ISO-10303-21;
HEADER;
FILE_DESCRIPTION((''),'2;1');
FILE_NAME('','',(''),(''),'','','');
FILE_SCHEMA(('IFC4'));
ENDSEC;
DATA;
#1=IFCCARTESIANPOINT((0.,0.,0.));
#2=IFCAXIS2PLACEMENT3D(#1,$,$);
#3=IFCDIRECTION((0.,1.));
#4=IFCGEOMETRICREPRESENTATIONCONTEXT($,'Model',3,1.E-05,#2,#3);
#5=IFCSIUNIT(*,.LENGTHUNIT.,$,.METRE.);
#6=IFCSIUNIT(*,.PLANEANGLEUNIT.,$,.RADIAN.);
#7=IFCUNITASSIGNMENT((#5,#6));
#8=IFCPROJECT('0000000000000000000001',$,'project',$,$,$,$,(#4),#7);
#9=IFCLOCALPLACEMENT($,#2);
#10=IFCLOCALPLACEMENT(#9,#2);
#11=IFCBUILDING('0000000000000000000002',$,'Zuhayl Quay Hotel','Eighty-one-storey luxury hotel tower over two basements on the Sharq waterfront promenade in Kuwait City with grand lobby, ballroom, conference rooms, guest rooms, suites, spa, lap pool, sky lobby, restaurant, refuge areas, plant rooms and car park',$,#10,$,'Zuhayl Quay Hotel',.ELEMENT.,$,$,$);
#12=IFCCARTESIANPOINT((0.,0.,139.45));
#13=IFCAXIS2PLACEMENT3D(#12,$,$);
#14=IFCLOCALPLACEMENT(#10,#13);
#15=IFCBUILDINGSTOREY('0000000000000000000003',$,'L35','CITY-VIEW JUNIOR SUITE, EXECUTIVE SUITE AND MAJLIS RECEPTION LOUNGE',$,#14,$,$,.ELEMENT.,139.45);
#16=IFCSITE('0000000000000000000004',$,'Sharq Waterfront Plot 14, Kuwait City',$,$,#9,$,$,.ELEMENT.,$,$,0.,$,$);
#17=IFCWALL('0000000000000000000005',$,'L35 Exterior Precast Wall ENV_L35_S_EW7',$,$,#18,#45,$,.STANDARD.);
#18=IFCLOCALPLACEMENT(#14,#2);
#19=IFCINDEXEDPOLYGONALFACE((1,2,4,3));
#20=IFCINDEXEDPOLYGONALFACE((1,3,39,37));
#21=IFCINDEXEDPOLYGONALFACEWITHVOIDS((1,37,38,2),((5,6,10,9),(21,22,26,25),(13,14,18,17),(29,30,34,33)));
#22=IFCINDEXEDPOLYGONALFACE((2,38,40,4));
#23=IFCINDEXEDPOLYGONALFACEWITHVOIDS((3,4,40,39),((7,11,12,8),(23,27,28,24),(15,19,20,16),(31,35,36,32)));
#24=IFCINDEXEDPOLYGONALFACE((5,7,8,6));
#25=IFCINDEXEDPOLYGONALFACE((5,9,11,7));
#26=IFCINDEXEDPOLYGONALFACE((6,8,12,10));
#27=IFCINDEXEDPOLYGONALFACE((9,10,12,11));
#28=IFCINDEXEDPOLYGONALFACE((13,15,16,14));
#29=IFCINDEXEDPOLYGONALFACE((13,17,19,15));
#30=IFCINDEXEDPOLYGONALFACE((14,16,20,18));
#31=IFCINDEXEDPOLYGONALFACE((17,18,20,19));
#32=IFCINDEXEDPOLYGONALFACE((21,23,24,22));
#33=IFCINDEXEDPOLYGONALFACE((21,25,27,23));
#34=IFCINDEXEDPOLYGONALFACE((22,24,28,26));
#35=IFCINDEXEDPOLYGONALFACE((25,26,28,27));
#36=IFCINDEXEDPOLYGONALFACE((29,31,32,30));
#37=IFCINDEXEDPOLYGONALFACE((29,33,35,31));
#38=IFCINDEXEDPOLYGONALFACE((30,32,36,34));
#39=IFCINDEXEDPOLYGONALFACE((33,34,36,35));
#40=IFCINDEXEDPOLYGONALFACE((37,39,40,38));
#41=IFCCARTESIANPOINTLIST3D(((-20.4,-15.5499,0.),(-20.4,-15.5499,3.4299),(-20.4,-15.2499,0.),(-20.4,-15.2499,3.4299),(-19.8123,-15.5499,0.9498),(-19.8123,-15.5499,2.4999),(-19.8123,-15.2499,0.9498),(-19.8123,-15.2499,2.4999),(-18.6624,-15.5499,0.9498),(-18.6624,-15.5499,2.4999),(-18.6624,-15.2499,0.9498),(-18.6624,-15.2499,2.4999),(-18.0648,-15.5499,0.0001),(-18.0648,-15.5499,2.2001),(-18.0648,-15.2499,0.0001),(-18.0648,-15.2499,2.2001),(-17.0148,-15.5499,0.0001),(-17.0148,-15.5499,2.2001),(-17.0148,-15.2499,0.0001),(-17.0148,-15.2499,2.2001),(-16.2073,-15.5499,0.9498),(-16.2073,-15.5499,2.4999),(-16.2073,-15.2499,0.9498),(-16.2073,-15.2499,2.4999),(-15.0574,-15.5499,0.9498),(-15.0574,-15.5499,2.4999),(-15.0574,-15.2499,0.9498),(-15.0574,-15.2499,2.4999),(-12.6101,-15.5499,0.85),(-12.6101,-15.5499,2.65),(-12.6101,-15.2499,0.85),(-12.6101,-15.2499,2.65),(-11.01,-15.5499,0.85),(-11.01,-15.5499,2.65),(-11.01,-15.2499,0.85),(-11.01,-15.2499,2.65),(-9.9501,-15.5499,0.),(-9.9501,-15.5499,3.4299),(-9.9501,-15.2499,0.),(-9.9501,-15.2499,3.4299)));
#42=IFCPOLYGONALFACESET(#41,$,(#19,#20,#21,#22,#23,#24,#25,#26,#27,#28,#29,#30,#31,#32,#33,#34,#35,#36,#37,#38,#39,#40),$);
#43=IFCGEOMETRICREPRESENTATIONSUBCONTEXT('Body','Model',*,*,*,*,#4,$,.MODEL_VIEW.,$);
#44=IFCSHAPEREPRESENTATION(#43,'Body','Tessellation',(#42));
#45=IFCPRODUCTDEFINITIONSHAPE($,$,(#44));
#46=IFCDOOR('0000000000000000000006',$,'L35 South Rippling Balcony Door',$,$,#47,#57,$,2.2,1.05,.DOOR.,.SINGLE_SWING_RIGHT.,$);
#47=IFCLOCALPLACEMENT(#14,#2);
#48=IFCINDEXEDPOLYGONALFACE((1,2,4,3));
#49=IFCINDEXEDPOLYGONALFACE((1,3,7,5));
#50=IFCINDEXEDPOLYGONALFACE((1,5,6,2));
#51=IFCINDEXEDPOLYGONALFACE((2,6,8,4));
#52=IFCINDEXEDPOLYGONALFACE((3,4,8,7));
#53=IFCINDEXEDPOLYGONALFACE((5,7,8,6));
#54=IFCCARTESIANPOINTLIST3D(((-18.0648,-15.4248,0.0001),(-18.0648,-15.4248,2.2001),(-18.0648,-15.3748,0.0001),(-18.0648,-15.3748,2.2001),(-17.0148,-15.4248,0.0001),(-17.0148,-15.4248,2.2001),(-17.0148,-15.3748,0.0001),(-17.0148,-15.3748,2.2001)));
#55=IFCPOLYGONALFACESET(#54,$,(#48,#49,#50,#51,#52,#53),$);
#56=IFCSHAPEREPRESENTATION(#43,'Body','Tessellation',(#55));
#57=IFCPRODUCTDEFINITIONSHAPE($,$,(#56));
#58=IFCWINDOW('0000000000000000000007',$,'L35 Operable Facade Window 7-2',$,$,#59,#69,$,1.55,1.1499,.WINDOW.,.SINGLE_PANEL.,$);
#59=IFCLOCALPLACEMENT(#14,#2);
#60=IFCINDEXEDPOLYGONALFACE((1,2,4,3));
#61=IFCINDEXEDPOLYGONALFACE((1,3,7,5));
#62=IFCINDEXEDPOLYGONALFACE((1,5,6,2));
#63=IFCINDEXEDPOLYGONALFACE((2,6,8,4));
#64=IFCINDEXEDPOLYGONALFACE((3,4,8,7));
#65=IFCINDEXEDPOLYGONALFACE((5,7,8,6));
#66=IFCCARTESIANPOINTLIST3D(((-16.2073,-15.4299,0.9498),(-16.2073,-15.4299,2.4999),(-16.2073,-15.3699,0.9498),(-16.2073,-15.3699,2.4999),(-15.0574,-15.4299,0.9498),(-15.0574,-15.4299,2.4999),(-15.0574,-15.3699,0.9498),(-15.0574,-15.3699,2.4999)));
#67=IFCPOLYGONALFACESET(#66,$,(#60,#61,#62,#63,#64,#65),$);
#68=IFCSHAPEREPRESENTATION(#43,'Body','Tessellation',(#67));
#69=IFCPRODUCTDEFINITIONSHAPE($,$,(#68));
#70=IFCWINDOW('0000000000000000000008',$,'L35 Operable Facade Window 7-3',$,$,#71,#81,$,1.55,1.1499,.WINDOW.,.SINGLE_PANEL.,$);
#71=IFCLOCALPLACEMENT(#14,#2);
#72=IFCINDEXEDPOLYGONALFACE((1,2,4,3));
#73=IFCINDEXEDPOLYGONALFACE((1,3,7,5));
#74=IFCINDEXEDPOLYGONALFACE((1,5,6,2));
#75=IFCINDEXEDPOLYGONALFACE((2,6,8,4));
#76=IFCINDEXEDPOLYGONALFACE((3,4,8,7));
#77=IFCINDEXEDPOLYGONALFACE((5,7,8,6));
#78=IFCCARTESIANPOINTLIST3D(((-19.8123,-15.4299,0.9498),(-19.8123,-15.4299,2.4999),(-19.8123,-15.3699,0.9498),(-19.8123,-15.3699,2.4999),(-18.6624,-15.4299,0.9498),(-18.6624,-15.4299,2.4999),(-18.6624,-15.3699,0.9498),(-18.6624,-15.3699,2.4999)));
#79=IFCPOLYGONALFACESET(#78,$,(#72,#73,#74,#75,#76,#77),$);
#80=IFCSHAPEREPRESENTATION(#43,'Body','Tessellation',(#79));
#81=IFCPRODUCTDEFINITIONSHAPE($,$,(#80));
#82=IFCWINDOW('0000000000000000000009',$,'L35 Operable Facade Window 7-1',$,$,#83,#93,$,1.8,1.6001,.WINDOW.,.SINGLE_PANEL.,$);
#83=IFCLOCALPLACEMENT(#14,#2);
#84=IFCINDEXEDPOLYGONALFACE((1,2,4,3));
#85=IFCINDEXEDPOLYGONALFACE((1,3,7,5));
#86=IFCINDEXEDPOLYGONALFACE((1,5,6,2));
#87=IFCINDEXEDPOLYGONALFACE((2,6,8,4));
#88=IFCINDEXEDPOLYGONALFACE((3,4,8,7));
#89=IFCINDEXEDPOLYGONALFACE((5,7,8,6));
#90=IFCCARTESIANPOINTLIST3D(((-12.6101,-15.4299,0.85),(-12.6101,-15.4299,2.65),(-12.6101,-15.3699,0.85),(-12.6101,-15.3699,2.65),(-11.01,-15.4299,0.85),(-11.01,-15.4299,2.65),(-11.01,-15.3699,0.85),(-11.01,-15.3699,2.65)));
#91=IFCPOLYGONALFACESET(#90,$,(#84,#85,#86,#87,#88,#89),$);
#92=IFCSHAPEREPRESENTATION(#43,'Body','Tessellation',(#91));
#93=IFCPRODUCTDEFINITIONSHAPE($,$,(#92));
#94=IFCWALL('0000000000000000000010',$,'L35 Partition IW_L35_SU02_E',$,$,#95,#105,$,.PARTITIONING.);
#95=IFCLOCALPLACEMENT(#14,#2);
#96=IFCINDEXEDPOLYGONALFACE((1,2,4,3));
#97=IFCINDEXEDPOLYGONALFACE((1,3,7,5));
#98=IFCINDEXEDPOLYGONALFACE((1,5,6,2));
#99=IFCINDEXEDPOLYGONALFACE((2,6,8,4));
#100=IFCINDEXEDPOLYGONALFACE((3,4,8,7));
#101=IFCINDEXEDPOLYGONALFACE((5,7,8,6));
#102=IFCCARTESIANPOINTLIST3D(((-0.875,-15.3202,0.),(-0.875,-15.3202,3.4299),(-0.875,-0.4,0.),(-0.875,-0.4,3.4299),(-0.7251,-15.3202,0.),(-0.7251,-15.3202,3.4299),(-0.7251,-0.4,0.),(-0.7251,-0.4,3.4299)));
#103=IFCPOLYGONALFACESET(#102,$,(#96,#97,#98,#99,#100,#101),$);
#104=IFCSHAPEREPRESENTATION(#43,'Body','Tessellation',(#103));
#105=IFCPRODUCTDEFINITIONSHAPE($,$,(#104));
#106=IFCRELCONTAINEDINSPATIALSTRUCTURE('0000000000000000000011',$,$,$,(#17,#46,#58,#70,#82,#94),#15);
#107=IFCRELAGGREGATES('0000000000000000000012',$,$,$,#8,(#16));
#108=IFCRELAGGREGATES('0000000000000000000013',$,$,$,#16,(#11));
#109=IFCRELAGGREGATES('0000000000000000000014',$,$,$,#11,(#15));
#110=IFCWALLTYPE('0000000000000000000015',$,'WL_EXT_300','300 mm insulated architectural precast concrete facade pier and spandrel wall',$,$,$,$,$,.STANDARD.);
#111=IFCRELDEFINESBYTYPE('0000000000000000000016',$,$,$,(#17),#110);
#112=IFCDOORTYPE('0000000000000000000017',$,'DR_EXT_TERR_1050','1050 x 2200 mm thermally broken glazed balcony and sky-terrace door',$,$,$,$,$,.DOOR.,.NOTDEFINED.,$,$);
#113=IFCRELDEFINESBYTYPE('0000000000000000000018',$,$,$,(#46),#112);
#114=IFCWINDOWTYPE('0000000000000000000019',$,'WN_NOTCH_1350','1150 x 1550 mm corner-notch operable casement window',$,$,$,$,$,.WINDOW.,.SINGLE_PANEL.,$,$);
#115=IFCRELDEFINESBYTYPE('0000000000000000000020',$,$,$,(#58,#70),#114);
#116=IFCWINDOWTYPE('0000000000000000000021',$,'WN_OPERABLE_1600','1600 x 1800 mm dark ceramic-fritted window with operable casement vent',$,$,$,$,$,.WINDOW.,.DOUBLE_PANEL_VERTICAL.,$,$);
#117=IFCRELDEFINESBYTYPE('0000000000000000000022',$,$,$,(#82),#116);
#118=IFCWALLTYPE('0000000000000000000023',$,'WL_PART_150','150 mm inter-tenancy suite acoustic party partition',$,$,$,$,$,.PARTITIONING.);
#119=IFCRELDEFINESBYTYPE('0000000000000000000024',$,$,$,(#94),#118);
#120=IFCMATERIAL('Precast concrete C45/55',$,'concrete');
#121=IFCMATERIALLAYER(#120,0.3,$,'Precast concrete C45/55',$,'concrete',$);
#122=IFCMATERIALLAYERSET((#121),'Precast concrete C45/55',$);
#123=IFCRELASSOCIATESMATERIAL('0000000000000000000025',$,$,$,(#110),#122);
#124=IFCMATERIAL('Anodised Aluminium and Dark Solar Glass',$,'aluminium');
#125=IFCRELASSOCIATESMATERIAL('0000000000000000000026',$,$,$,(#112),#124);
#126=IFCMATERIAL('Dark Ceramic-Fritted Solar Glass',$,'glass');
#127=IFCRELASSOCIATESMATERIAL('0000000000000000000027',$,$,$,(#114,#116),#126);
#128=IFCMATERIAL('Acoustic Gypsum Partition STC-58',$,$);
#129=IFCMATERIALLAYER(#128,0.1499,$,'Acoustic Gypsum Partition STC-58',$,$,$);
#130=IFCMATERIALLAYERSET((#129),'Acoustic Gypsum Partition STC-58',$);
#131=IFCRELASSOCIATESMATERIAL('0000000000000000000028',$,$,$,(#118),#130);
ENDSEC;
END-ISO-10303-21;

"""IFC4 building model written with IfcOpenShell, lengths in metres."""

from ifc_helpers import new_model, si_unit, direction, frame, frame_2d, origin, place, context, subcontext, project, spatial, rectangle, extrude, material, layer, layer_set, type_object, element, fill, save


model = new_model("IFC4")

# Units and contexts
model_context = context("Model", 3, precision=1e-05, world=origin(), true_north=direction((0.0, 1.0)))
body_context = subcontext(model_context, "Body", "Model", "MODEL_VIEW")
ifc_project = project(units=[si_unit("LENGTHUNIT", "METRE"), si_unit("PLANEANGLEUNIT", "RADIAN")], contexts=[model_context])

# Site, building, storey
site_placement = place(None, origin())
site = spatial("IfcSite", under=ifc_project, at=site_placement, Name="Sharq Waterfront Plot 14, Kuwait City", CompositionType="ELEMENT", RefElevation=0.0)
building_placement = place(site_placement, origin())
building = spatial("IfcBuilding", under=site, at=building_placement, Name="Zuhayl Quay Hotel", Description="Eighty-one-storey luxury hotel tower over two basements on the Sharq waterfront promenade in Kuwait City with grand lobby, ballroom, conference rooms, guest rooms, suites, spa, lap pool, sky lobby, restaurant, refuge areas, plant rooms and car park", LongName="Zuhayl Quay Hotel", CompositionType="ELEMENT")
storey_placement = place(building_placement, frame((0.0, 0.0, 139.45)))
storey = spatial("IfcBuildingStorey", under=building, at=storey_placement, Name="L35", Description="CITY-VIEW JUNIOR SUITE, EXECUTIVE SUITE AND MAJLIS RECEPTION LOUNGE", CompositionType="ELEMENT", Elevation=139.45)

# Shared definitions
ifc_material_1 = material(Name="Dark Ceramic-Fritted Solar Glass", Category="glass")

# Shared definitions
ifc_material_2 = material(Name="Precast concrete C45/55", Category="concrete")
ifc_layer_1 = layer(ifc_material_2, 0.3, Name="Precast concrete C45/55", Category="concrete")
ifc_layer_set_1 = layer_set([ifc_layer_1], Name="Precast concrete C45/55")
wall_type_1 = type_object("IfcWallType", Name="WL_EXT_300", Description="300 mm insulated architectural precast concrete facade pier and spandrel wall", PredefinedType="STANDARD", material=ifc_layer_set_1)

# Wall, openings, door, windows
wall_1_placement = place(storey_placement, frame((-9.95, -15.3999, 0.0), z_axis=(0.0, 0.0, 1.0), x_axis=(-1.0, 0.0, 0.0)))
wall_1 = element("IfcWall", 1, at=wall_1_placement, inside=storey, type_object=wall_type_1, Name="L35 Exterior Precast Wall ENV_L35_S_EW7", PredefinedType="STANDARD", context=body_context, shape_type="SweptSolid", body=[
    extrude(rectangle(XDim=10.45, YDim=0.3, at=frame_2d((5.2251, 0.0))), origin(), (0.0, 0.0, 1.0), 3.4299),
])
opening_1_placement = place(wall_1_placement, frame((7.0649, 0.0, 0.0)))
opening_1 = element("IfcOpeningElement", 2, at=opening_1_placement, cuts=wall_1, PredefinedType="OPENING", context=body_context, shape_type="SweptSolid", body=[
    extrude(rectangle(XDim=1.05, YDim=2.2, at=frame_2d((0.5249, 1.1001))), frame((0.0, 0.1599, 0.0), z_axis=(0.0, -1.0, 0.0), x_axis=(1.0, 0.0, 0.0)), (0.0, 0.0, 1.0), 0.3201),
])
opening_2_placement = place(wall_1_placement, frame((1.0601, 0.0, 0.8501)))
opening_2 = element("IfcOpeningElement", 3, at=opening_2_placement, cuts=wall_1, PredefinedType="OPENING", context=body_context, shape_type="SweptSolid", body=[
    extrude(rectangle(XDim=1.6001, YDim=1.8, at=frame_2d((0.8, 0.8999))), frame((0.0, 0.1599, 0.0), z_axis=(0.0, -1.0, 0.0), x_axis=(1.0, 0.0, 0.0)), (0.0, 0.0, 1.0), 0.3201),
])
opening_3_placement = place(wall_1_placement, frame((5.1074, 0.0, 0.95)))
opening_3 = element("IfcOpeningElement", 4, at=opening_3_placement, cuts=wall_1, PredefinedType="OPENING", context=body_context, shape_type="SweptSolid", body=[
    extrude(rectangle(XDim=1.1499, YDim=1.55, at=frame_2d((0.575, 0.7749))), frame((0.0, 0.1599, 0.0), z_axis=(0.0, -1.0, 0.0), x_axis=(1.0, 0.0, 0.0)), (0.0, 0.0, 1.0), 0.3201),
])
opening_4_placement = place(wall_1_placement, frame((8.7124, 0.0, 0.95)))
opening_4 = element("IfcOpeningElement", 5, at=opening_4_placement, cuts=wall_1, PredefinedType="OPENING", context=body_context, shape_type="SweptSolid", body=[
    extrude(rectangle(XDim=1.1499, YDim=1.55, at=frame_2d((0.575, 0.7749))), frame((0.0, 0.1599, 0.0), z_axis=(0.0, -1.0, 0.0), x_axis=(1.0, 0.0, 0.0)), (0.0, 0.0, 1.0), 0.3201),
])
ifc_material_3 = material(Name="Anodised Aluminium and Dark Solar Glass", Category="aluminium")
door_type = type_object("IfcDoorType", Name="DR_EXT_TERR_1050", Description="1050 x 2200 mm thermally broken glazed balcony and sky-terrace door", OperationType="NOTDEFINED", PredefinedType="DOOR", material=ifc_material_3)
door_placement = place(opening_1_placement, origin())
door = element("IfcDoor", 6, at=door_placement, inside=storey, type_object=door_type, Name="L35 South Rippling Balcony Door", OperationType="SINGLE_SWING_RIGHT", OverallHeight=2.2, OverallWidth=1.05, PredefinedType="DOOR", context=body_context, shape_type="SweptSolid", body=[
    extrude(rectangle(XDim=1.05, YDim=2.2, at=frame_2d((0.5249, 1.1001))), frame((0.0, 0.0249, 0.0), z_axis=(0.0, -1.0, 0.0), x_axis=(1.0, 0.0, 0.0)), (0.0, 0.0, 1.0), 0.05),
])
fill(opening_1, door)
window_type_1 = type_object("IfcWindowType", Name="WN_NOTCH_1350", Description="1150 x 1550 mm corner-notch operable casement window", PartitioningType="SINGLE_PANEL", PredefinedType="WINDOW", material=ifc_material_1)
window_1_placement = place(opening_3_placement, origin())
window_1 = element("IfcWindow", 7, at=window_1_placement, inside=storey, type_object=window_type_1, Name="L35 Operable Facade Window 7-2", OverallHeight=1.55, OverallWidth=1.1499, PartitioningType="SINGLE_PANEL", PredefinedType="WINDOW", context=body_context, shape_type="SweptSolid", body=[
    extrude(rectangle(XDim=1.1499, YDim=1.55, at=frame_2d((0.575, 0.7749))), frame((0.0, 0.03, 0.0), z_axis=(0.0, -1.0, 0.0), x_axis=(1.0, 0.0, 0.0)), (0.0, 0.0, 1.0), 0.0601),
])
fill(opening_3, window_1)
window_2_placement = place(opening_4_placement, origin())
window_2 = element("IfcWindow", 8, at=window_2_placement, inside=storey, type_object=window_type_1, Name="L35 Operable Facade Window 7-3", OverallHeight=1.55, OverallWidth=1.1499, PartitioningType="SINGLE_PANEL", PredefinedType="WINDOW", context=body_context, shape_type="SweptSolid", body=[
    extrude(rectangle(XDim=1.1499, YDim=1.55, at=frame_2d((0.575, 0.7749))), frame((0.0, 0.03, 0.0), z_axis=(0.0, -1.0, 0.0), x_axis=(1.0, 0.0, 0.0)), (0.0, 0.0, 1.0), 0.0601),
])
fill(opening_4, window_2)
window_type_2 = type_object("IfcWindowType", Name="WN_OPERABLE_1600", Description="1600 x 1800 mm dark ceramic-fritted window with operable casement vent", PartitioningType="DOUBLE_PANEL_VERTICAL", PredefinedType="WINDOW", material=ifc_material_1)
window_3_placement = place(opening_2_placement, origin())
window_3 = element("IfcWindow", 9, at=window_3_placement, inside=storey, type_object=window_type_2, Name="L35 Operable Facade Window 7-1", OverallHeight=1.8, OverallWidth=1.6001, PartitioningType="SINGLE_PANEL", PredefinedType="WINDOW", context=body_context, shape_type="SweptSolid", body=[
    extrude(rectangle(XDim=1.6001, YDim=1.8, at=frame_2d((0.8, 0.8999))), frame((0.0, 0.03, 0.0), z_axis=(0.0, -1.0, 0.0), x_axis=(1.0, 0.0, 0.0)), (0.0, 0.0, 1.0), 0.0601),
])
fill(opening_2, window_3)

# Wall
ifc_material_4 = material(Name="Acoustic Gypsum Partition STC-58")
ifc_layer_2 = layer(ifc_material_4, 0.1499, Name="Acoustic Gypsum Partition STC-58")
ifc_layer_set_2 = layer_set([ifc_layer_2], Name="Acoustic Gypsum Partition STC-58")
wall_type_2 = type_object("IfcWallType", Name="WL_PART_150", Description="150 mm inter-tenancy suite acoustic party partition", PredefinedType="PARTITIONING", material=ifc_layer_set_2)
wall_2_placement = place(storey_placement, frame((-0.8, -15.3201, 0.0), z_axis=(0.0, 0.0, 1.0), x_axis=(0.0, 1.0, 0.0)))
element("IfcWall", 10, at=wall_2_placement, inside=storey, type_object=wall_type_2, Name="L35 Partition IW_L35_SU02_E", PredefinedType="PARTITIONING", context=body_context, shape_type="SweptSolid", body=[
    extrude(rectangle(XDim=14.9202, YDim=0.1499, at=frame_2d((7.46, 0.0))), origin(), (0.0, 0.0, 1.0), 3.4299),
])

save(model, "model.ifc")
